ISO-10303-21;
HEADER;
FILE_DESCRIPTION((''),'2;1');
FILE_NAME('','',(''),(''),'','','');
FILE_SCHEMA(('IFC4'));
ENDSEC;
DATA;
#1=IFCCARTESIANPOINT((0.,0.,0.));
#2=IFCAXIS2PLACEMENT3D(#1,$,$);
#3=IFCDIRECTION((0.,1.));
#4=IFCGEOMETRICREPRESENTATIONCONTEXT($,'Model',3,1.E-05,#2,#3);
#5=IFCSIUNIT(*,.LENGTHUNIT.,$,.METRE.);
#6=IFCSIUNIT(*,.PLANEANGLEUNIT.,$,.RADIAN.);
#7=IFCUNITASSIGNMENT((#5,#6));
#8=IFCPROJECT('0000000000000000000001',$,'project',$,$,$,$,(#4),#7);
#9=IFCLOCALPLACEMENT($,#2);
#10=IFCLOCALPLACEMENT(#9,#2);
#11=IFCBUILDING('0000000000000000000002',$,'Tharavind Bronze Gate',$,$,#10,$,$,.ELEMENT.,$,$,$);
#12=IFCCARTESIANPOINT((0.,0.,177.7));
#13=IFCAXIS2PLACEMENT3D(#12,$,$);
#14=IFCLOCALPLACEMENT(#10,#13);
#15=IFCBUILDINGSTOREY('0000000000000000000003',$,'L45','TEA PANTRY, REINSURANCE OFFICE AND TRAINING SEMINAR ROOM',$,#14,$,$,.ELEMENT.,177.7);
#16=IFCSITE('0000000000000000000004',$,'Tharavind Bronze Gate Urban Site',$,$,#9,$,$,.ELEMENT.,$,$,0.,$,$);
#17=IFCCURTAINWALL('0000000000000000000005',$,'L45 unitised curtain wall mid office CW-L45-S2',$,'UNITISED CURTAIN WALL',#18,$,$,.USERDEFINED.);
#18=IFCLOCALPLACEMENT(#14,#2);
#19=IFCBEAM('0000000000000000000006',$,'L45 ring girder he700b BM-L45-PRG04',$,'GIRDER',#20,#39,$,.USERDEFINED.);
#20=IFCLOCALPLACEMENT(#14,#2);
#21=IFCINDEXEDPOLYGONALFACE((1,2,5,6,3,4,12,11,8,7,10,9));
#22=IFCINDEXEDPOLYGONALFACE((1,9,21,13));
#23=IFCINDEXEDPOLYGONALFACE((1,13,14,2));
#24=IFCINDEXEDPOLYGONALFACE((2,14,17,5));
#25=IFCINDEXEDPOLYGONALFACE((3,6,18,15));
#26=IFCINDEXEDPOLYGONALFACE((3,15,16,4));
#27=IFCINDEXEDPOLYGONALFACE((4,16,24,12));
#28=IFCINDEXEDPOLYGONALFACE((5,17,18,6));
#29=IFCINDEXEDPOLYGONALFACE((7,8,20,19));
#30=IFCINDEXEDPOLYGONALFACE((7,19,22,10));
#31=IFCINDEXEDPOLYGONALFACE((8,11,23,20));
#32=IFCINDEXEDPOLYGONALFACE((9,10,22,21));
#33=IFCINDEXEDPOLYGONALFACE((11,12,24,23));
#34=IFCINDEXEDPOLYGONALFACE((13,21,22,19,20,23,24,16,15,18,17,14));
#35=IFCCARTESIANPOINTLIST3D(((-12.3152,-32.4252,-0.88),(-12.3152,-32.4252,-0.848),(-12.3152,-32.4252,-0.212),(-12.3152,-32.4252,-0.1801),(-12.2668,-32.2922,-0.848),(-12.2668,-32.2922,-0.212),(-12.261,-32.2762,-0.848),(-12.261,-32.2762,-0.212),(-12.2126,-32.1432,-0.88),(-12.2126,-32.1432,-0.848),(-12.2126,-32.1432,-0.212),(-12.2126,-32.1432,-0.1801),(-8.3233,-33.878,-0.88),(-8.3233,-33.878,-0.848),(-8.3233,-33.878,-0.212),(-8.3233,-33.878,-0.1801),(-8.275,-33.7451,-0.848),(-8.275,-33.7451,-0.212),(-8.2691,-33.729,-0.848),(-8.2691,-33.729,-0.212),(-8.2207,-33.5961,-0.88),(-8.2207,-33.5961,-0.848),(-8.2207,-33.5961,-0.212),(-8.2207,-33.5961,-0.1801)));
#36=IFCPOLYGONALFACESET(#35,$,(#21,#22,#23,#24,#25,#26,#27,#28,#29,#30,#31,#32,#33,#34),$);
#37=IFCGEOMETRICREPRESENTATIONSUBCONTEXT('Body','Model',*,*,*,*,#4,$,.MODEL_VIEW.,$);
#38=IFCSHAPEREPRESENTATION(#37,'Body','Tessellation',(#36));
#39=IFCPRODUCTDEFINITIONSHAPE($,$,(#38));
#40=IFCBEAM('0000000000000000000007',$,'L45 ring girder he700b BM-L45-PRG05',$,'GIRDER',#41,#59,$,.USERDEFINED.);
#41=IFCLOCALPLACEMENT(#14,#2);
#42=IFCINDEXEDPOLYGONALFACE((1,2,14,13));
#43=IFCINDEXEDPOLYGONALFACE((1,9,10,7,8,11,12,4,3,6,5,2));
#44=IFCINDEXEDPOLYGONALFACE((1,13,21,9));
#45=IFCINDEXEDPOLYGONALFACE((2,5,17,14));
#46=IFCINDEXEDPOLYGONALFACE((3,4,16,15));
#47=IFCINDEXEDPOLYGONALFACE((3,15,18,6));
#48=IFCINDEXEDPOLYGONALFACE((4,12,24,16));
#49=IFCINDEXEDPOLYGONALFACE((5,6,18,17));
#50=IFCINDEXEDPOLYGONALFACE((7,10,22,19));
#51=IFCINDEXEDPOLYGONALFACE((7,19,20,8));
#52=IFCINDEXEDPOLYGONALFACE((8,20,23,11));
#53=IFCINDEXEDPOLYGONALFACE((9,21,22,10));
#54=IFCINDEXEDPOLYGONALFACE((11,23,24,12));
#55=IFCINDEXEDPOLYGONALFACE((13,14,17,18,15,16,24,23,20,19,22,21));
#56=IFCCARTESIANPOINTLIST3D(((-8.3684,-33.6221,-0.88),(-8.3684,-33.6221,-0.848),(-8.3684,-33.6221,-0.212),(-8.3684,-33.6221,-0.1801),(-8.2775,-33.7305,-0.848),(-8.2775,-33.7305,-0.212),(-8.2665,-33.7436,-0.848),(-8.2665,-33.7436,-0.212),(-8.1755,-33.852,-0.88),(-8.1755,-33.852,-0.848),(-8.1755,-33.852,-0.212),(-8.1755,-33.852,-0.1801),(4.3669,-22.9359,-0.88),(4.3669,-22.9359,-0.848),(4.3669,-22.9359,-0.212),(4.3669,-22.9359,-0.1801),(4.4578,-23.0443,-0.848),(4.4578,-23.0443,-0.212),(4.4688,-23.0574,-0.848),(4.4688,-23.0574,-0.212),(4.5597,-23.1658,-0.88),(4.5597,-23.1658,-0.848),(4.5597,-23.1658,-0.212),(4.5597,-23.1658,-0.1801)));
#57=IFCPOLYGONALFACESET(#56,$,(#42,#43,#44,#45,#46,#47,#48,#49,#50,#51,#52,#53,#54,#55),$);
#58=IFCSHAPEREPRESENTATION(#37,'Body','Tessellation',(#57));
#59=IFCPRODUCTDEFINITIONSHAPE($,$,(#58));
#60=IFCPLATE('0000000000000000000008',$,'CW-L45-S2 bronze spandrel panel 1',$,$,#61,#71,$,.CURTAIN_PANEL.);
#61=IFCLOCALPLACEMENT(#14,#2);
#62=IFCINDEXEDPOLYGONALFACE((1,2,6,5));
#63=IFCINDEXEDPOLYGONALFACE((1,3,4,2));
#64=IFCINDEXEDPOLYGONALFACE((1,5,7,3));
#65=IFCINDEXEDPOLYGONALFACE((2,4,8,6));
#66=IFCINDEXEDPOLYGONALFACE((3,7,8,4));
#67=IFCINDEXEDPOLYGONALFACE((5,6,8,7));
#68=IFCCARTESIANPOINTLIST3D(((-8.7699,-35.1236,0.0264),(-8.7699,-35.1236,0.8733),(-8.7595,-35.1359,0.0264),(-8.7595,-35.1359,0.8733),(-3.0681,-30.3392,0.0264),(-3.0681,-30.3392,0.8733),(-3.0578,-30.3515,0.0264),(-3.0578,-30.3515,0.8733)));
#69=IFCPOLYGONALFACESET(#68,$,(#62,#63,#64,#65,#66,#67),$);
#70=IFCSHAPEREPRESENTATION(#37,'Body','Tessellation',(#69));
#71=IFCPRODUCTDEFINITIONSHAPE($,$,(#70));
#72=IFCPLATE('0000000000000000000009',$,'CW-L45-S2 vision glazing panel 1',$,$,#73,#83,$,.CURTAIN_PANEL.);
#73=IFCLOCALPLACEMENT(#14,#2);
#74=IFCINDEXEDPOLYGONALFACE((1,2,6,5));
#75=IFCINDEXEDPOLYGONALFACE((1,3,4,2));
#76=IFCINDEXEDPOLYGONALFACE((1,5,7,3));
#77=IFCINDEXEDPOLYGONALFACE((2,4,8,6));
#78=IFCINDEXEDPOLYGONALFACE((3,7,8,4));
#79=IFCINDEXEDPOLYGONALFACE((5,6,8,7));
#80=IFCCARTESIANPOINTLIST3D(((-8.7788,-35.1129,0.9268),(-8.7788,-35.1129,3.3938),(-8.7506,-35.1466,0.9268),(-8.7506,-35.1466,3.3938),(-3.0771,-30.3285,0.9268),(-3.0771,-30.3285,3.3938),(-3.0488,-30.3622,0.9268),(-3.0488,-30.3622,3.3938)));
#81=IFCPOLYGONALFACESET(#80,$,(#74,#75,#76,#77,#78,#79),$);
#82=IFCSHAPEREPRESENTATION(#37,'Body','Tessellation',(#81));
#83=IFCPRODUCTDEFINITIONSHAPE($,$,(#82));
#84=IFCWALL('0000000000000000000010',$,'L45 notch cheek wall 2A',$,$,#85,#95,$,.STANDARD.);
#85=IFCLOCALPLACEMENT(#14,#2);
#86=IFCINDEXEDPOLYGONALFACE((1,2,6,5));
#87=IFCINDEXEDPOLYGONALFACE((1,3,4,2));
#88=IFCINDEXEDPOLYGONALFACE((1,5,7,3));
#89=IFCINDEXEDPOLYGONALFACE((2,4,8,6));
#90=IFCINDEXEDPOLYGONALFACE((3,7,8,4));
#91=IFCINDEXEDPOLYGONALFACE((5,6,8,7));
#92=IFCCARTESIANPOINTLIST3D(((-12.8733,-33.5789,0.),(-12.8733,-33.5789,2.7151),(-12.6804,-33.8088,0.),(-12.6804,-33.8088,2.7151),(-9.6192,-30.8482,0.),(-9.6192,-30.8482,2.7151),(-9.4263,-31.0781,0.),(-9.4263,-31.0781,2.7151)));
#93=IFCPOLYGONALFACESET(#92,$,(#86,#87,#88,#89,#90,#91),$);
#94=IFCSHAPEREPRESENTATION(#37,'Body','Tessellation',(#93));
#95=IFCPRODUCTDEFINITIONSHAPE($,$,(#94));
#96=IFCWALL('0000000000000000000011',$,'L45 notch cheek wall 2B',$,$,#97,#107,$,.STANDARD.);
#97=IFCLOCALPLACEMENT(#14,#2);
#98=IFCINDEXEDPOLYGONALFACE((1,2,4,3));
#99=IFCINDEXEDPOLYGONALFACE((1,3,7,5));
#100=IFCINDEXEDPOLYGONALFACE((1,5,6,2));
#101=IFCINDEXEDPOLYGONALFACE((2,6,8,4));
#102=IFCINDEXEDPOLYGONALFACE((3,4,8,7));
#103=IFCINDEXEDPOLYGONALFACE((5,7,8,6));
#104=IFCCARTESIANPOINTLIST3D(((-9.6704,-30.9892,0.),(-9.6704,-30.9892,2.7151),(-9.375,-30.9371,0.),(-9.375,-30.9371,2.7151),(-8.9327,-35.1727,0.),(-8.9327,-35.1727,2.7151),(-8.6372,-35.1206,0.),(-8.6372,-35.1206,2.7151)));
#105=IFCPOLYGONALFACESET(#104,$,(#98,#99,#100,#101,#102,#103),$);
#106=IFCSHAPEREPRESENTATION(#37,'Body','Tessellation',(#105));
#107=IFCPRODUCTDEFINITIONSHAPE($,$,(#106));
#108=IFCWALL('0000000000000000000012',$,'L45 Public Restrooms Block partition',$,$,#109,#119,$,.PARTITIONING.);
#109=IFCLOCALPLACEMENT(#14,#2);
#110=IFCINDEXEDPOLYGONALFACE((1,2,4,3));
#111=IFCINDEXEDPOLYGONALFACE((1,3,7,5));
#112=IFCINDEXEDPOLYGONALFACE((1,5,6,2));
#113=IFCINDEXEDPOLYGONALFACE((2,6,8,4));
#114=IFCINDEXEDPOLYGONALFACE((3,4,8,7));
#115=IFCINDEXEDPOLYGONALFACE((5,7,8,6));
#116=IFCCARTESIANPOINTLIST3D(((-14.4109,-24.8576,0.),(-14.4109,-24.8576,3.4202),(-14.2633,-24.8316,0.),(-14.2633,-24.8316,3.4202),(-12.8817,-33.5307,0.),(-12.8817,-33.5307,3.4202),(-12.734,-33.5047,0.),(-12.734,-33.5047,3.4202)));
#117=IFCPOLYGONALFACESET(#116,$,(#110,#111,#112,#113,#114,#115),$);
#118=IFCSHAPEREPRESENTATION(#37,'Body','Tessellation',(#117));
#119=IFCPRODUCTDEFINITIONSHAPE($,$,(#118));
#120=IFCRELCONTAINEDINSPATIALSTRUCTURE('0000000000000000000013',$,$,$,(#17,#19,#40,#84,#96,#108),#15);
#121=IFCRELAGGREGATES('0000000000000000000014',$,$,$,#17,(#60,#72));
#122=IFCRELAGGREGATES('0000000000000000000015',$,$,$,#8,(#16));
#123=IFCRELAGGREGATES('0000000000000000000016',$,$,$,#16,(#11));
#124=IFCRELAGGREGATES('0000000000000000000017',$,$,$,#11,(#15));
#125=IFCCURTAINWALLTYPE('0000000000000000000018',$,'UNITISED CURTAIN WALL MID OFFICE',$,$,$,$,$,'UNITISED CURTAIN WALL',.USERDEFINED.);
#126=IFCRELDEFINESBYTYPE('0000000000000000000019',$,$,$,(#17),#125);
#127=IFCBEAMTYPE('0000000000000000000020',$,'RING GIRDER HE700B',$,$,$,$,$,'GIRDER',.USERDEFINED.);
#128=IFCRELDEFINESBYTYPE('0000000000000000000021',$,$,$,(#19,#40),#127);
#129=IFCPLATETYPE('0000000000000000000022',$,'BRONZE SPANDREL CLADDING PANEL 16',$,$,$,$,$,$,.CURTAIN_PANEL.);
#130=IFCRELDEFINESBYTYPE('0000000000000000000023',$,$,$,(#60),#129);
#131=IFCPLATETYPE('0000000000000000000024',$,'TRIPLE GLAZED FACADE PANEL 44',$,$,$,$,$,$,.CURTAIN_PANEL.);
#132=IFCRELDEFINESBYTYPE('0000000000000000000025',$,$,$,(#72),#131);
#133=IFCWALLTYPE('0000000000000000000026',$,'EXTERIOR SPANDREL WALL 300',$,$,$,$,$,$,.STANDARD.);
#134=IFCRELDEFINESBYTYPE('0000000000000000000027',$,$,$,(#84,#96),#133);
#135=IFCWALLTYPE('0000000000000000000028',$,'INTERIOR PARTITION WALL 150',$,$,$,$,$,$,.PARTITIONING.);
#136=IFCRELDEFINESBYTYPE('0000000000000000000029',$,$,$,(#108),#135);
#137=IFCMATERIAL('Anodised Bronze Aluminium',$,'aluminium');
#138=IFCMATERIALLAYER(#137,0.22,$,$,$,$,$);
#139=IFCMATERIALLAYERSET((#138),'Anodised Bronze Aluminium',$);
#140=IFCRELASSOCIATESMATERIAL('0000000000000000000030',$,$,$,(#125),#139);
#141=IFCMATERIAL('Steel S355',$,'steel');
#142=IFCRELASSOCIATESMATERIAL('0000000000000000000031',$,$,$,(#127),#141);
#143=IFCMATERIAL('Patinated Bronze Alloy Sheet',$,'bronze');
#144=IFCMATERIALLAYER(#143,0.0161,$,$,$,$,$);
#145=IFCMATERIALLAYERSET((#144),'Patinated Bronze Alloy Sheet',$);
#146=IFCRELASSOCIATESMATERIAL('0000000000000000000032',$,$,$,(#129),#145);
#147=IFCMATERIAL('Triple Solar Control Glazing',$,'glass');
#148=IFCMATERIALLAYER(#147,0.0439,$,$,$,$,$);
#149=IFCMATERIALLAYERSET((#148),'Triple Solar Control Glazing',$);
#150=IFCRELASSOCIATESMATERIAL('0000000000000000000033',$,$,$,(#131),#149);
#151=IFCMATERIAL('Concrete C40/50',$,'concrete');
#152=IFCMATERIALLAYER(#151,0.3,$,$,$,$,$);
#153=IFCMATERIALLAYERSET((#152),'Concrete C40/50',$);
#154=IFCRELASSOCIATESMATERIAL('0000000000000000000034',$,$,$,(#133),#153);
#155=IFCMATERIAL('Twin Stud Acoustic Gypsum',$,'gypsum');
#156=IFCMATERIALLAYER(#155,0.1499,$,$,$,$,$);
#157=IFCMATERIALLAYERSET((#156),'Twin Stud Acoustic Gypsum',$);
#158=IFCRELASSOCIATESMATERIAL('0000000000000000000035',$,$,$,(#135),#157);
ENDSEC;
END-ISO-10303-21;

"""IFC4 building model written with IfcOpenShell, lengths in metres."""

from ifc_helpers import new_model, si_unit, direction, frame, frame_2d, origin, origin_2d, place, context, subcontext, project, spatial, rectangle, i_section, extrude, material, layer, layer_set, material_profile, profile_set, type_object, element, aggregate, save


model = new_model("IFC4")

# Units and contexts
model_context = context("Model", 3, precision=1e-05, world=origin(), true_north=direction((0.0, 1.0)))
body_context = subcontext(model_context, "Body", "Model", "MODEL_VIEW")
ifc_project = project(units=[si_unit("LENGTHUNIT", "METRE"), si_unit("PLANEANGLEUNIT", "RADIAN")], contexts=[model_context])

# Site, building, storey
site_placement = place(None, origin())
site = spatial("IfcSite", under=ifc_project, at=site_placement, Name="Tharavind Bronze Gate Urban Site", CompositionType="ELEMENT", RefElevation=0.0)
building_placement = place(site_placement, origin())
building = spatial("IfcBuilding", under=site, at=building_placement, Name="Tharavind Bronze Gate", CompositionType="ELEMENT")
storey_placement = place(building_placement, frame((0.0, 0.0, 177.7)))
storey = spatial("IfcBuildingStorey", under=building, at=storey_placement, Name="L45", Description="TEA PANTRY, REINSURANCE OFFICE AND TRAINING SEMINAR ROOM", CompositionType="ELEMENT", Elevation=177.7)

# Shared definitions
ifc_material_1 = material(Name="Anodised Bronze Aluminium", Category="aluminium")
ifc_layer_1 = layer(ifc_material_1, 0.22)
ifc_layer_set_1 = layer_set([ifc_layer_1], Name="Anodised Bronze Aluminium")
curtain_wall_type = type_object("IfcCurtainWallType", Name="UNITISED CURTAIN WALL MID OFFICE", ElementType="UNITISED CURTAIN WALL", PredefinedType="USERDEFINED", material=ifc_layer_set_1)

# Curtain wall
curtain_wall_1_placement = place(storey_placement, origin())
curtain_wall_1 = element("IfcCurtainWall", 1, at=curtain_wall_1_placement, inside=storey, type_object=curtain_wall_type, Name="L45 unitised curtain wall mid office CW-L45-S2", ObjectType="UNITISED CURTAIN WALL", PredefinedType="USERDEFINED")

# Beams
ifc_material_2 = material(Name="Steel S355", Category="steel")
ifc_material_profile_1 = material_profile(ifc_material_2, i_section(OverallWidth=0.3, OverallDepth=0.7, WebThickness=0.0171, FlangeThickness=0.032, at=origin_2d()), Name="HE700B")
ifc_profile_set_1 = profile_set([ifc_material_profile_1], Name="Steel S355")
beam_type_1 = type_object("IfcBeamType", Name="RING GIRDER HE700B", ElementType="GIRDER", PredefinedType="USERDEFINED", material=ifc_profile_set_1)
beam_1_placement = place(storey_placement, frame((-12.2639, -32.2842, -0.53), z_axis=(0.939698, -0.342006, 0.0), x_axis=(0.342006, 0.939698, 0.0)))
element("IfcBeam", 2, at=beam_1_placement, inside=storey, type_object=beam_type_1, Name="L45 ring girder he700b BM-L45-PRG04", ObjectType="GIRDER", PredefinedType="USERDEFINED", context=body_context, shape_type="SweptSolid", body=[
    extrude(i_section(OverallWidth=0.3, OverallDepth=0.7, WebThickness=0.0171, FlangeThickness=0.032, at=origin_2d()), origin(), (0.0, 0.0, 1.0), 4.248),
])
beam_2_placement = place(storey_placement, frame((-8.272, -33.7371, -0.53), z_axis=(0.766043, 0.642789, 0.0), x_axis=(-0.642789, 0.766043, 0.0)))
element("IfcBeam", 3, at=beam_2_placement, inside=storey, type_object=beam_type_1, Name="L45 ring girder he700b BM-L45-PRG05", ObjectType="GIRDER", PredefinedType="USERDEFINED", context=body_context, shape_type="SweptSolid", body=[
    extrude(i_section(OverallWidth=0.3, OverallDepth=0.7, WebThickness=0.0171, FlangeThickness=0.032, at=origin_2d()), origin(), (0.0, 0.0, 1.0), 16.6248),
])

# Plates
ifc_material_3 = material(Name="Patinated Bronze Alloy Sheet", Category="bronze")
ifc_layer_2 = layer(ifc_material_3, 0.0161)
ifc_layer_set_2 = layer_set([ifc_layer_2], Name="Patinated Bronze Alloy Sheet")
plate_type_1 = type_object("IfcPlateType", Name="BRONZE SPANDREL CLADDING PANEL 16", PredefinedType="CURTAIN_PANEL", material=ifc_layer_set_2)
plate_1_placement = place(storey_placement, frame((-5.9138, -32.7375, 0.0264), z_axis=(0.0, 0.0, 1.0), x_axis=(0.766043, 0.642789, 0.0)))
plate_1 = element("IfcPlate", 4, at=plate_1_placement, type_object=plate_type_1, Name="CW-L45-S2 bronze spandrel panel 1", PredefinedType="CURTAIN_PANEL", context=body_context, shape_type="SweptSolid", body=[
    extrude(rectangle(XDim=7.4431, YDim=0.0161, at=origin_2d()), origin(), (0.0, 0.0, 1.0), 0.8469),
])
ifc_material_4 = material(Name="Triple Solar Control Glazing", Category="glass")
ifc_layer_3 = layer(ifc_material_4, 0.0439)
ifc_layer_set_3 = layer_set([ifc_layer_3], Name="Triple Solar Control Glazing")
plate_type_2 = type_object("IfcPlateType", Name="TRIPLE GLAZED FACADE PANEL 44", PredefinedType="CURTAIN_PANEL", material=ifc_layer_set_3)
plate_2_placement = place(storey_placement, frame((-5.9138, -32.7375, 0.9268), z_axis=(0.0, 0.0, 1.0), x_axis=(0.766043, 0.642789, 0.0)))
plate_2 = element("IfcPlate", 5, at=plate_2_placement, type_object=plate_type_2, Name="CW-L45-S2 vision glazing panel 1", PredefinedType="CURTAIN_PANEL", context=body_context, shape_type="SweptSolid", body=[
    extrude(rectangle(XDim=7.4431, YDim=0.0439, at=origin_2d()), origin(), (0.0, 0.0, 1.0), 2.467),
])
aggregate(curtain_wall_1, [plate_1, plate_2])

# Walls
ifc_material_5 = material(Name="Concrete C40/50", Category="concrete")
ifc_layer_4 = layer(ifc_material_5, 0.3)
ifc_layer_set_4 = layer_set([ifc_layer_4], Name="Concrete C40/50")
wall_type_1 = type_object("IfcWallType", Name="EXTERIOR SPANDREL WALL 300", PredefinedType="STANDARD", material=ifc_layer_set_4)
for number, where, z_axis, x_axis, name in (
    (6, (-12.7769, -33.6938, 0.0), (0.0, 0.0, 1.0), (0.766026, 0.642809, 0.0), "L45 notch cheek wall 2A"),
    (7, (-9.5227, -30.9631, 0.0), (0.0, 0.0, 1.0), (0.173674, -0.984803, 0.0), "L45 notch cheek wall 2B"),
):
    element("IfcWall", number, at=place(storey_placement, frame(where, z_axis=z_axis, x_axis=x_axis)), inside=storey, type_object=wall_type_1, Name=name, PredefinedType="STANDARD", context=body_context, shape_type="SweptSolid", body=[
        extrude(rectangle(XDim=4.248, YDim=0.3, at=frame_2d((2.124, 0.0))), origin(), (0.0, 0.0, 1.0), 2.7151),
    ])
ifc_material_6 = material(Name="Twin Stud Acoustic Gypsum", Category="gypsum")
ifc_layer_5 = layer(ifc_material_6, 0.1499)
ifc_layer_set_5 = layer_set([ifc_layer_5], Name="Twin Stud Acoustic Gypsum")
wall_type_2 = type_object("IfcWallType", Name="INTERIOR PARTITION WALL 150", PredefinedType="PARTITIONING", material=ifc_layer_set_5)
wall_placement = place(storey_placement, frame((-12.8079, -33.5176, 0.0), z_axis=(0.0, 0.0, 1.0), x_axis=(-0.173648, 0.984808, 0.0)))
element("IfcWall", 8, at=wall_placement, inside=storey, type_object=wall_type_2, Name="L45 Public Restrooms Block partition", PredefinedType="PARTITIONING", context=body_context, shape_type="SweptSolid", body=[
    extrude(rectangle(XDim=8.8069, YDim=0.1499, at=frame_2d((4.4033, 0.0))), origin(), (0.0, 0.0, 1.0), 3.4202),
])

save(model, "model.ifc")
